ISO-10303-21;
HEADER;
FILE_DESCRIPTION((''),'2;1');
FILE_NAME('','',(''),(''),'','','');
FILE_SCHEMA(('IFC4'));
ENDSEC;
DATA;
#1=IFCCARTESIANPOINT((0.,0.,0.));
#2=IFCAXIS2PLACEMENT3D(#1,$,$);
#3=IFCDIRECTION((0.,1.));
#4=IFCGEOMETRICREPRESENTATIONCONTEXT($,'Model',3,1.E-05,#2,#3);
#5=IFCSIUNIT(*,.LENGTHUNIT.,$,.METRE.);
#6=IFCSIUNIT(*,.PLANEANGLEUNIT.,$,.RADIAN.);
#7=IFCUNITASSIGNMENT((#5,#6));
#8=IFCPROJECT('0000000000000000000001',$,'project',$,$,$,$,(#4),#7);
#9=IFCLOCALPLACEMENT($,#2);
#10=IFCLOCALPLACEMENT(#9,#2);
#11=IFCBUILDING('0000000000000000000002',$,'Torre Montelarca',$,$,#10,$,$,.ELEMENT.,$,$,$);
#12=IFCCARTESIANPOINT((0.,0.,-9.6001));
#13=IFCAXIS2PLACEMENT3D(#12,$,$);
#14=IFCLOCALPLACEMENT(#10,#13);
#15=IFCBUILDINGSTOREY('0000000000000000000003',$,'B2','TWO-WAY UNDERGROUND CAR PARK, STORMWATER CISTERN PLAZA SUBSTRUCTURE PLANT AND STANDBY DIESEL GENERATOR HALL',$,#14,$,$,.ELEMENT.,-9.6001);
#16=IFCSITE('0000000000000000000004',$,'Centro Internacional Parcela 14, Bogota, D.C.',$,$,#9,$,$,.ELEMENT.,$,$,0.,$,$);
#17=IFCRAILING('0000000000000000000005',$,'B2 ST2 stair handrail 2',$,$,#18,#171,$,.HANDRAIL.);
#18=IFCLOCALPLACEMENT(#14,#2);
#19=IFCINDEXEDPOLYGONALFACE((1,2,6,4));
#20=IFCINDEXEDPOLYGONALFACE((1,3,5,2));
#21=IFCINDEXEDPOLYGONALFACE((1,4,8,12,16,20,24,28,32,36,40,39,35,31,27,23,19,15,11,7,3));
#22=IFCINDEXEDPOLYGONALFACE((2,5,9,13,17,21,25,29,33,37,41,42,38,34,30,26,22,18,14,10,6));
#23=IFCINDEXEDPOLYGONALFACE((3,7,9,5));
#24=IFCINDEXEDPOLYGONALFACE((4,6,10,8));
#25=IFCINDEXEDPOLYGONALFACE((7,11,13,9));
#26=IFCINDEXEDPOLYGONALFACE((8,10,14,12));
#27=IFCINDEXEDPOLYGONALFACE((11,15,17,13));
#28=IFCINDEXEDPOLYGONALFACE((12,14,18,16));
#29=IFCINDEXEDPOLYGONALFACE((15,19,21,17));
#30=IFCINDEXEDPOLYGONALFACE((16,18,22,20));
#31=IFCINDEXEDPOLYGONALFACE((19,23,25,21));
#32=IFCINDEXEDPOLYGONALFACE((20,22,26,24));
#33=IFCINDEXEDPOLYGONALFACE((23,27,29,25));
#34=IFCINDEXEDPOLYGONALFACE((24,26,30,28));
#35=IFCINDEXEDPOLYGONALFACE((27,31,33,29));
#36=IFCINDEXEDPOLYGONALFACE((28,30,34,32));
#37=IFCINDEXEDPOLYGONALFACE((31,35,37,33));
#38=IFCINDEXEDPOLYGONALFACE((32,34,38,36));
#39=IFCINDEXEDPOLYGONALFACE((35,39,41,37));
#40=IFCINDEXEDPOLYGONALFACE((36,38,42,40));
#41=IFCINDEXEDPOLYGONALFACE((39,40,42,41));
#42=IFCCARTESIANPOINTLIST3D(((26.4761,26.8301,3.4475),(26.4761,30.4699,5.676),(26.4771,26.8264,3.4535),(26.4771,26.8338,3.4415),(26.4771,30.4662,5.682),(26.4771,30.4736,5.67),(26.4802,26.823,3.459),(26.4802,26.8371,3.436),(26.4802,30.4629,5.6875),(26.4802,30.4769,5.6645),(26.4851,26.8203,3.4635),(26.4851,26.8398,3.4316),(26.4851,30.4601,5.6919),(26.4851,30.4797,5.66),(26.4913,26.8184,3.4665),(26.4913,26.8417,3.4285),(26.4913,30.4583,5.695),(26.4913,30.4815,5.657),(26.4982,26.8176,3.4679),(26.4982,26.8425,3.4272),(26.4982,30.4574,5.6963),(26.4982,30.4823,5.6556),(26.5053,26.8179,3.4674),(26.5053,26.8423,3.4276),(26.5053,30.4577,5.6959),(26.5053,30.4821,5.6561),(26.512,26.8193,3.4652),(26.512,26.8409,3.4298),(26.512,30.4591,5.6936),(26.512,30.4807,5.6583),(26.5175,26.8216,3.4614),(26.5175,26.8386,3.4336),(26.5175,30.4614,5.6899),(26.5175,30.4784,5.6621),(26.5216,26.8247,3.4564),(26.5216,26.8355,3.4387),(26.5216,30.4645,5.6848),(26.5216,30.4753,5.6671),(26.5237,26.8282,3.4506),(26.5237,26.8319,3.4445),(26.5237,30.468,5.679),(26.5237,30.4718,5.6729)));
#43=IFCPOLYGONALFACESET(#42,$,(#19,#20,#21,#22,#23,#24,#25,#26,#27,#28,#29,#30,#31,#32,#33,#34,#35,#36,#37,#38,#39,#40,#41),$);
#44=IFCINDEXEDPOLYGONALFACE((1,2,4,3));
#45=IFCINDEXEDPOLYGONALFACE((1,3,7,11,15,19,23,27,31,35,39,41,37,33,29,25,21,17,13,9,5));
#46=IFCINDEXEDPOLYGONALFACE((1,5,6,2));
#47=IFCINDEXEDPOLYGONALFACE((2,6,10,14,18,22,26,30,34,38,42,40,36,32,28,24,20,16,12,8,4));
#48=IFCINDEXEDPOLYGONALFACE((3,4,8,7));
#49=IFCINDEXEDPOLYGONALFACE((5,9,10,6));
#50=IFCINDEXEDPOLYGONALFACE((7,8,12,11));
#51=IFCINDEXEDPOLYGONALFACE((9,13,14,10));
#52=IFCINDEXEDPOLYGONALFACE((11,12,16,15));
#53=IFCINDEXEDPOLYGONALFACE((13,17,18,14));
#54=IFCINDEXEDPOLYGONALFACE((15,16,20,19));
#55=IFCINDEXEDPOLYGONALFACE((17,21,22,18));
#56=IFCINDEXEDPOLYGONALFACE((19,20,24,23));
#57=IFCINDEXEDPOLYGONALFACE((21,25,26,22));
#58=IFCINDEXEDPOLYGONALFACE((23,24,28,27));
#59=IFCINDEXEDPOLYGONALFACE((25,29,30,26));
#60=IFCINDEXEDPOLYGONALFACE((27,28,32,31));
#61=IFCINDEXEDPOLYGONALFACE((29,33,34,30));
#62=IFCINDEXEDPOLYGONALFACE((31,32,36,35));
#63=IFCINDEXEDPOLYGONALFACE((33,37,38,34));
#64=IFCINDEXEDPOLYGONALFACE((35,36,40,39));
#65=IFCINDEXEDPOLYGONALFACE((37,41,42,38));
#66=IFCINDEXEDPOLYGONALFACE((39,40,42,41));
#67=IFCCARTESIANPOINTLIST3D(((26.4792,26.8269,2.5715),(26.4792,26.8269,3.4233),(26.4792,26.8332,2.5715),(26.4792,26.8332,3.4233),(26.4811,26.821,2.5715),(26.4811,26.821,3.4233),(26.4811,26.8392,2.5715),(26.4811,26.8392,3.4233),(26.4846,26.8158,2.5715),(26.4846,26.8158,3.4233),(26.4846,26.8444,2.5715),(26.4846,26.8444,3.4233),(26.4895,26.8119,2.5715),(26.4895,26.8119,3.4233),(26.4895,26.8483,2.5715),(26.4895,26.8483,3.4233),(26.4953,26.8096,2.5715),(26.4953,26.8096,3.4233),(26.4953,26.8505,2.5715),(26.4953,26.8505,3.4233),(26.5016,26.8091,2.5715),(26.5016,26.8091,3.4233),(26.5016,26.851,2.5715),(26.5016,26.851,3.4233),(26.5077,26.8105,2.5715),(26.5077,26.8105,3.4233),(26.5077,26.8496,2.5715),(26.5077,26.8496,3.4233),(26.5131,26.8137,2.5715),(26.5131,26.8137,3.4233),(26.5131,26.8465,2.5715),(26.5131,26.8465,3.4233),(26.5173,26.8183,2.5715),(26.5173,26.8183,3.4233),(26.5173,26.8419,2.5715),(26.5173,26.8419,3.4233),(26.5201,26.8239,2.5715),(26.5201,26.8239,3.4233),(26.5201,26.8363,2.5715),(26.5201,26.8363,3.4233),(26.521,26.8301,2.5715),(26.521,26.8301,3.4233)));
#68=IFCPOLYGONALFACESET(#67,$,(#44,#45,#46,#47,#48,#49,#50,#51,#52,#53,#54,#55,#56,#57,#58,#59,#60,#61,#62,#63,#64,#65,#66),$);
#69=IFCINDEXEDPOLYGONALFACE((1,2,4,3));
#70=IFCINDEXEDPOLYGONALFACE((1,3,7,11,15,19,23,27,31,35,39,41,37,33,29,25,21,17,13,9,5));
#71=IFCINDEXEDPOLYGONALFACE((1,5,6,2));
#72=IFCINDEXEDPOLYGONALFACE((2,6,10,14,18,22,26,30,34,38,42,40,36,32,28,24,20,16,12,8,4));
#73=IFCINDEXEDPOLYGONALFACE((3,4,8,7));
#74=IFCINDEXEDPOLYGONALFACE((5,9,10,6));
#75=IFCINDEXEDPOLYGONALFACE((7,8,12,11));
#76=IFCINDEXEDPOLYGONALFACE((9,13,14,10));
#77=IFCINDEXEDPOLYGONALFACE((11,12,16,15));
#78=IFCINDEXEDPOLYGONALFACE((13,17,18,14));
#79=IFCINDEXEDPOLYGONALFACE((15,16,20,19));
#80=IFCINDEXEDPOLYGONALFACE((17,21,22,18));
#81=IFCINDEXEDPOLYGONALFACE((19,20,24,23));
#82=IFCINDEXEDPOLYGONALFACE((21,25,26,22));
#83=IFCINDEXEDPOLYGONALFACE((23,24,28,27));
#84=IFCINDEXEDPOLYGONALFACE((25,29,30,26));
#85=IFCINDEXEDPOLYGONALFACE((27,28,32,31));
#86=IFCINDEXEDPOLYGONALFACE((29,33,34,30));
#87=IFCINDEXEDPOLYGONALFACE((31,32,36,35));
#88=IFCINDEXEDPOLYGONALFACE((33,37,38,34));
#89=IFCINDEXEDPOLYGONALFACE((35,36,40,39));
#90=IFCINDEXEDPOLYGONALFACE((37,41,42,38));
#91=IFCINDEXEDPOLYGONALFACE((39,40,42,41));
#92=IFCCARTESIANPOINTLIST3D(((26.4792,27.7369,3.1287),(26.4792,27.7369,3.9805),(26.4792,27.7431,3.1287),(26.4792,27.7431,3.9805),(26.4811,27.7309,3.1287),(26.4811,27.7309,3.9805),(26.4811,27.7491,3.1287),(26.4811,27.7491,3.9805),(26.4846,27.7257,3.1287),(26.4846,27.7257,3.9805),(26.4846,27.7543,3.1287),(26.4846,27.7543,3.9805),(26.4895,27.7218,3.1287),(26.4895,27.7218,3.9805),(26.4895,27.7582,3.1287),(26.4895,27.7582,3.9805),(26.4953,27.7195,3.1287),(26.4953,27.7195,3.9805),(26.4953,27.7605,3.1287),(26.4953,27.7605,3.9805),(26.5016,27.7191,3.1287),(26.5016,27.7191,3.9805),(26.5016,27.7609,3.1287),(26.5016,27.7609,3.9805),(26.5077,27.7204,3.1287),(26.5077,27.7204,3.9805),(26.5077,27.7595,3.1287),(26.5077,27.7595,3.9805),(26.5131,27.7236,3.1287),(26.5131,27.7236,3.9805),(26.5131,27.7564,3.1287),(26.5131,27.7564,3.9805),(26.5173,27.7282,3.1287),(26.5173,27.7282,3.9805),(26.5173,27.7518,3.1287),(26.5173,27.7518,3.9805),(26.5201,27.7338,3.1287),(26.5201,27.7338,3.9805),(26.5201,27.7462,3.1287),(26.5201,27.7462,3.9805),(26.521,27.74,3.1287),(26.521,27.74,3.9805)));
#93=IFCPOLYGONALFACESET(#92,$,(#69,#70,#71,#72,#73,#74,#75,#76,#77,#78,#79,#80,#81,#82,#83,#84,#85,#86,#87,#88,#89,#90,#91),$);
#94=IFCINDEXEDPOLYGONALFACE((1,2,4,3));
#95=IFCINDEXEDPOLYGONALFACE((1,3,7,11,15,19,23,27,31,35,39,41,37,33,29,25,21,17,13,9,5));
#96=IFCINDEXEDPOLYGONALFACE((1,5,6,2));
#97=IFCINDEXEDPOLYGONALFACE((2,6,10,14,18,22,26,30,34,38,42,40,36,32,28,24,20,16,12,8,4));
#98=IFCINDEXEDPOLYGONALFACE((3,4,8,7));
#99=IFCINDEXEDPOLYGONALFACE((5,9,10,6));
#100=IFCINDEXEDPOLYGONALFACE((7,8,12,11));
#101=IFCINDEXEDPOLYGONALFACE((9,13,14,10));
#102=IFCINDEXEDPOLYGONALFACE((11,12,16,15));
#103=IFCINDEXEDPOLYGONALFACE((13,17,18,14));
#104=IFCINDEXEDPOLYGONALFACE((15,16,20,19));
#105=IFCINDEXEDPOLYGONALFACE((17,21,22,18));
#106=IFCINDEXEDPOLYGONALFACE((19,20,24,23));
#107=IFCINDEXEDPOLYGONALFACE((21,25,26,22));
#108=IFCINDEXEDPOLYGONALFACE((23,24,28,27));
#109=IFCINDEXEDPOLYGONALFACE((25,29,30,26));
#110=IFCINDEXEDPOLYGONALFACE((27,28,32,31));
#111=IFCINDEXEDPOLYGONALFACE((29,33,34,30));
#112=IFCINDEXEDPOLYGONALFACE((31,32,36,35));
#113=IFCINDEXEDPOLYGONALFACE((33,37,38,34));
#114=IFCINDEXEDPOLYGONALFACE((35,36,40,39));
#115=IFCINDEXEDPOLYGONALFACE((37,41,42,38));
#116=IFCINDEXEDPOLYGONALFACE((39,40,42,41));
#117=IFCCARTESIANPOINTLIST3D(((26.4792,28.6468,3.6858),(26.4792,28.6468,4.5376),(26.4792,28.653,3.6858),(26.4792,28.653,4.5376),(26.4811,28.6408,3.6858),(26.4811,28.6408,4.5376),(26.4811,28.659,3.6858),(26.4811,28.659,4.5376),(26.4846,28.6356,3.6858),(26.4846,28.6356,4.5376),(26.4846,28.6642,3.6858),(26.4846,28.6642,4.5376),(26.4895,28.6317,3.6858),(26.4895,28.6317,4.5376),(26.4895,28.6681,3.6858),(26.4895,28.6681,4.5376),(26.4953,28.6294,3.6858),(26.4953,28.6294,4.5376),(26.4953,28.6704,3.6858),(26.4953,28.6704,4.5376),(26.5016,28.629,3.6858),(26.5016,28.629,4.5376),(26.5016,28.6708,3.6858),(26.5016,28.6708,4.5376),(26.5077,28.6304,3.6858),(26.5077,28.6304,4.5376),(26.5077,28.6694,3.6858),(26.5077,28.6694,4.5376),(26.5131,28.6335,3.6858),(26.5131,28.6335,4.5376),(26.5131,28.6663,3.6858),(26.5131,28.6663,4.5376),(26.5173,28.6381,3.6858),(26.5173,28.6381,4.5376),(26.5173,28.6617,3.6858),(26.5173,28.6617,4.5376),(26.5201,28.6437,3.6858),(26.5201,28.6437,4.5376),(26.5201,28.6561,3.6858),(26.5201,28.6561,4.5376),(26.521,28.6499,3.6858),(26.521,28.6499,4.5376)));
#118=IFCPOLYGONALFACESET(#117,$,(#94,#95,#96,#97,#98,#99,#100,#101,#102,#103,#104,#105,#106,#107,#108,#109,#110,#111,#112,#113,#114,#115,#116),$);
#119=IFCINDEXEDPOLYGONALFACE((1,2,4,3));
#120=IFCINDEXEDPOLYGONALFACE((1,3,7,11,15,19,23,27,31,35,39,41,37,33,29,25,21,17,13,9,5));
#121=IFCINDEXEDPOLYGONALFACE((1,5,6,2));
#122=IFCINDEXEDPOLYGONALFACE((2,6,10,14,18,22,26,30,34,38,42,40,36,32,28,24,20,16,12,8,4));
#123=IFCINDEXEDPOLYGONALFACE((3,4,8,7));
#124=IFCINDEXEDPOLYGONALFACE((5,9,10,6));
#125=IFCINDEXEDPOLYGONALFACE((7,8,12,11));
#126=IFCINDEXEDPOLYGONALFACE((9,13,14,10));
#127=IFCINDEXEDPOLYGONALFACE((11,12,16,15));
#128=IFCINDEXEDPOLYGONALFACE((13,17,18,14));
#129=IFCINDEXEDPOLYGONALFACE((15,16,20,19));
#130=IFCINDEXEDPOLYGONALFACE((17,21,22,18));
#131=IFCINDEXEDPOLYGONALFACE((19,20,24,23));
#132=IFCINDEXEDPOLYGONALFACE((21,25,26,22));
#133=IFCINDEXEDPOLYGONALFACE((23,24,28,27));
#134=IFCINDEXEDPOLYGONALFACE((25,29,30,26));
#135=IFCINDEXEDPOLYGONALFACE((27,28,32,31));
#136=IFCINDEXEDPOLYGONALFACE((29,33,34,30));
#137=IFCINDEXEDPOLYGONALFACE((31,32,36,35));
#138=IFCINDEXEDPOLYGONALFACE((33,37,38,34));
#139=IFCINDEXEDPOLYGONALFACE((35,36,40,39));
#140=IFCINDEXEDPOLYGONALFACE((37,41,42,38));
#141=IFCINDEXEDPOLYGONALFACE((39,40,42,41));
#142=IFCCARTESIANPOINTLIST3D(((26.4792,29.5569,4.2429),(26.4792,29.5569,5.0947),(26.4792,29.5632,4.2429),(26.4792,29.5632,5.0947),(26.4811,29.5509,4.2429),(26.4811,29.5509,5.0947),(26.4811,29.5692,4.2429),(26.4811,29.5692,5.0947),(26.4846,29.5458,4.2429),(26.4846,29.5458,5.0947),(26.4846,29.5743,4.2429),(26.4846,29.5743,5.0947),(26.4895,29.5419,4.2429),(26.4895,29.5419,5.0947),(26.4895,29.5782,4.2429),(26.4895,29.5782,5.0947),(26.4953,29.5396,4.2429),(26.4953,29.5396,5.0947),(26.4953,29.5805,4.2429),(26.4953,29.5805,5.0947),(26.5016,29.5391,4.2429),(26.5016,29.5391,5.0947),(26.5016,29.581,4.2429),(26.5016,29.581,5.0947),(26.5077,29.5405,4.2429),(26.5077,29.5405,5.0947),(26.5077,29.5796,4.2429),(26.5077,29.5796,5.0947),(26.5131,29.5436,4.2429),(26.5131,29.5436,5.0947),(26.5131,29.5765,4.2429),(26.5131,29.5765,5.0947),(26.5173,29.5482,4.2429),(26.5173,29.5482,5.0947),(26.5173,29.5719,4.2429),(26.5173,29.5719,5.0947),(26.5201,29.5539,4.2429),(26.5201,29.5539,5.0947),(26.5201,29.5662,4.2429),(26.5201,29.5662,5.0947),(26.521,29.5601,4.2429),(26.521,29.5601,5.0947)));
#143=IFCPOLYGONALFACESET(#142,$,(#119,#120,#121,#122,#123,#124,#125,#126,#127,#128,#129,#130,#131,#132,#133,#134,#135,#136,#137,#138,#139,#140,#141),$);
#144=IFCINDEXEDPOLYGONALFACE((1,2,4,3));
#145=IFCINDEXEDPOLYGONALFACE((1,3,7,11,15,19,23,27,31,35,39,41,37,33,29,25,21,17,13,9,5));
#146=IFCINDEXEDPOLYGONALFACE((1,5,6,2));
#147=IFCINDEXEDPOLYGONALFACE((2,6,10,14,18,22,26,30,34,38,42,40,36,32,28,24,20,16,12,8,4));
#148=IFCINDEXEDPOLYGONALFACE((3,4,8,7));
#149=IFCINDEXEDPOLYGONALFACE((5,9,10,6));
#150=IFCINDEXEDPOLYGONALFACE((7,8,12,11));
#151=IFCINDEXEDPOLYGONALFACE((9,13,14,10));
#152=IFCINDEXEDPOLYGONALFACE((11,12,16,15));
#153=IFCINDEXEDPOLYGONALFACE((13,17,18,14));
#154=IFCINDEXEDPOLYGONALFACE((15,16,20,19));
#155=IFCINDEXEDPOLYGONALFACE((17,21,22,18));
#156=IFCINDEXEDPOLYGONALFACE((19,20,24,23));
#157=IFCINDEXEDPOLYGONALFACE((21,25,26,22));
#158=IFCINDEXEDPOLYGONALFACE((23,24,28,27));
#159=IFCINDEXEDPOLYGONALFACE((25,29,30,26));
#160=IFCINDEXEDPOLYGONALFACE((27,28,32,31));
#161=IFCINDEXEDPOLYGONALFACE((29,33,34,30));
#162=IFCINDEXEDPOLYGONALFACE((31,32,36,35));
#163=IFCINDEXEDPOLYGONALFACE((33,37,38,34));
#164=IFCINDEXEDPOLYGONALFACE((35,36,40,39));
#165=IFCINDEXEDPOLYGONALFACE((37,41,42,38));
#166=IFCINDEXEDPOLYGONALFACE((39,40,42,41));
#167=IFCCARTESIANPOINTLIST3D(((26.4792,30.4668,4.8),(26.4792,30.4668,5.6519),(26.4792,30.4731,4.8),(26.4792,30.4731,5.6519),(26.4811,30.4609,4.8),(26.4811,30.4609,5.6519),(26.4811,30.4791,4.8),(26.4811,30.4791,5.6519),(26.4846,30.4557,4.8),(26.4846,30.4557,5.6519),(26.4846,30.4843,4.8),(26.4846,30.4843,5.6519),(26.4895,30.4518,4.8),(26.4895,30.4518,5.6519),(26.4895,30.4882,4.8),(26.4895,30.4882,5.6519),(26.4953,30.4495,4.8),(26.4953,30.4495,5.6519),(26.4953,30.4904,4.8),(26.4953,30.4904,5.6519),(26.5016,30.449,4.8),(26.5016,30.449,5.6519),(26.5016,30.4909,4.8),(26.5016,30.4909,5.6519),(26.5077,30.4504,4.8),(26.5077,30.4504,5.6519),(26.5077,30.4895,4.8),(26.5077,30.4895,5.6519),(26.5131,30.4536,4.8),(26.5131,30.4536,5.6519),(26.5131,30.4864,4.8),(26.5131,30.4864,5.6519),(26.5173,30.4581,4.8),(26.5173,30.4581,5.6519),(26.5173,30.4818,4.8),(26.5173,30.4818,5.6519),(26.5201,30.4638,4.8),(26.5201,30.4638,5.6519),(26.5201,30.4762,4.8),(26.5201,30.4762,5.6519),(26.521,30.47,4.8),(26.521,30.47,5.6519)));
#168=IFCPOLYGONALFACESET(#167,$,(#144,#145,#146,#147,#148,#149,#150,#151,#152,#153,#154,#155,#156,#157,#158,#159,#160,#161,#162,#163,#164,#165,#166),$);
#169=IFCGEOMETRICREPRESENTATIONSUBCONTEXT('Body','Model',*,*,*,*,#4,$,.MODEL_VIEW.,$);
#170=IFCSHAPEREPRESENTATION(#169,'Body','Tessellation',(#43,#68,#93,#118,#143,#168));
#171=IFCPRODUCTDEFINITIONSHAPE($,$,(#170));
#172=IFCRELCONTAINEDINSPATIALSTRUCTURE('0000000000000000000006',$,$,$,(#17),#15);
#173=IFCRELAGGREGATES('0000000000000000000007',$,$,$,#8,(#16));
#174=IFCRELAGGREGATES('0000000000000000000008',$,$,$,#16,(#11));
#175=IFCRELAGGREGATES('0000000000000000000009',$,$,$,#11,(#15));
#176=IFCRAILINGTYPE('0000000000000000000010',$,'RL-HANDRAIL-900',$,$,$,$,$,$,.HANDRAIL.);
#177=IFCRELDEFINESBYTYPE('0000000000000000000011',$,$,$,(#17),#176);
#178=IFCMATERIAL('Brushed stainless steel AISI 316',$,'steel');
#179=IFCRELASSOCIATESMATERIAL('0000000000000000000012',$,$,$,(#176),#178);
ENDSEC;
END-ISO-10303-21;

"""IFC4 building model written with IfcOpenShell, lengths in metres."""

from ifc_helpers import new_model, si_unit, direction, frame, origin, origin_2d, place, context, subcontext, project, spatial, circle, extrude, material, type_object, element, save


model = new_model("IFC4")

# Units and contexts
model_context = context("Model", 3, precision=1e-05, world=origin(), true_north=direction((0.0, 1.0)))
body_context = subcontext(model_context, "Body", "Model", "MODEL_VIEW")
ifc_project = project(units=[si_unit("LENGTHUNIT", "METRE"), si_unit("PLANEANGLEUNIT", "RADIAN")], contexts=[model_context])

# Site, building, storey
site_placement = place(None, origin())
site = spatial("IfcSite", under=ifc_project, at=site_placement, Name="Centro Internacional Parcela 14, Bogota, D.C.", CompositionType="ELEMENT", RefElevation=0.0)
building_placement = place(site_placement, origin())
building = spatial("IfcBuilding", under=site, at=building_placement, Name="Torre Montelarca", CompositionType="ELEMENT")
storey_placement = place(building_placement, frame((0.0, 0.0, -9.6001)))
storey = spatial("IfcBuildingStorey", under=building, at=storey_placement, Name="B2", Description="TWO-WAY UNDERGROUND CAR PARK, STORMWATER CISTERN PLAZA SUBSTRUCTURE PLANT AND STANDBY DIESEL GENERATOR HALL", CompositionType="ELEMENT", Elevation=-9.6001)

# Railing
ifc_material_1 = material(Name="Brushed stainless steel AISI 316", Category="steel")
railing_type_1 = type_object("IfcRailingType", Name="RL-HANDRAIL-900", PredefinedType="HANDRAIL", material=ifc_material_1)
railing_1_placement = place(storey_placement, frame((26.5, 26.8301, 2.5715)))
element("IfcRailing", 1, at=railing_1_placement, inside=storey, type_object=railing_type_1, Name="B2 ST2 stair handrail 2", PredefinedType="HANDRAIL", context=body_context, shape_type="SweptSolid", body=[
    extrude(circle(Radius=0.0239, at=origin_2d()), frame((0.0, 0.0, 0.876), z_axis=(0.0, 0.85285, 0.522156), x_axis=(-1.0, 0.0, 0.0)), (0.0, 0.0, 1.0), 4.2678),
    extrude(circle(Radius=0.021, at=origin_2d()), origin(), (0.0, 0.0, 1.0), 0.8518),
    extrude(circle(Radius=0.021, at=origin_2d()), frame((0.0, 0.9099, 0.5571)), (0.0, 0.0, 1.0), 0.8518),
    extrude(circle(Radius=0.021, at=origin_2d()), frame((0.0, 1.8198, 1.1143)), (0.0, 0.0, 1.0), 0.8518),
    extrude(circle(Radius=0.021, at=origin_2d()), frame((0.0, 2.73, 1.6714)), (0.0, 0.0, 1.0), 0.8518),
    extrude(circle(Radius=0.021, at=origin_2d()), frame((0.0, 3.6399, 2.2285)), (0.0, 0.0, 1.0), 0.8518),
])

save(model, "model.ifc")
